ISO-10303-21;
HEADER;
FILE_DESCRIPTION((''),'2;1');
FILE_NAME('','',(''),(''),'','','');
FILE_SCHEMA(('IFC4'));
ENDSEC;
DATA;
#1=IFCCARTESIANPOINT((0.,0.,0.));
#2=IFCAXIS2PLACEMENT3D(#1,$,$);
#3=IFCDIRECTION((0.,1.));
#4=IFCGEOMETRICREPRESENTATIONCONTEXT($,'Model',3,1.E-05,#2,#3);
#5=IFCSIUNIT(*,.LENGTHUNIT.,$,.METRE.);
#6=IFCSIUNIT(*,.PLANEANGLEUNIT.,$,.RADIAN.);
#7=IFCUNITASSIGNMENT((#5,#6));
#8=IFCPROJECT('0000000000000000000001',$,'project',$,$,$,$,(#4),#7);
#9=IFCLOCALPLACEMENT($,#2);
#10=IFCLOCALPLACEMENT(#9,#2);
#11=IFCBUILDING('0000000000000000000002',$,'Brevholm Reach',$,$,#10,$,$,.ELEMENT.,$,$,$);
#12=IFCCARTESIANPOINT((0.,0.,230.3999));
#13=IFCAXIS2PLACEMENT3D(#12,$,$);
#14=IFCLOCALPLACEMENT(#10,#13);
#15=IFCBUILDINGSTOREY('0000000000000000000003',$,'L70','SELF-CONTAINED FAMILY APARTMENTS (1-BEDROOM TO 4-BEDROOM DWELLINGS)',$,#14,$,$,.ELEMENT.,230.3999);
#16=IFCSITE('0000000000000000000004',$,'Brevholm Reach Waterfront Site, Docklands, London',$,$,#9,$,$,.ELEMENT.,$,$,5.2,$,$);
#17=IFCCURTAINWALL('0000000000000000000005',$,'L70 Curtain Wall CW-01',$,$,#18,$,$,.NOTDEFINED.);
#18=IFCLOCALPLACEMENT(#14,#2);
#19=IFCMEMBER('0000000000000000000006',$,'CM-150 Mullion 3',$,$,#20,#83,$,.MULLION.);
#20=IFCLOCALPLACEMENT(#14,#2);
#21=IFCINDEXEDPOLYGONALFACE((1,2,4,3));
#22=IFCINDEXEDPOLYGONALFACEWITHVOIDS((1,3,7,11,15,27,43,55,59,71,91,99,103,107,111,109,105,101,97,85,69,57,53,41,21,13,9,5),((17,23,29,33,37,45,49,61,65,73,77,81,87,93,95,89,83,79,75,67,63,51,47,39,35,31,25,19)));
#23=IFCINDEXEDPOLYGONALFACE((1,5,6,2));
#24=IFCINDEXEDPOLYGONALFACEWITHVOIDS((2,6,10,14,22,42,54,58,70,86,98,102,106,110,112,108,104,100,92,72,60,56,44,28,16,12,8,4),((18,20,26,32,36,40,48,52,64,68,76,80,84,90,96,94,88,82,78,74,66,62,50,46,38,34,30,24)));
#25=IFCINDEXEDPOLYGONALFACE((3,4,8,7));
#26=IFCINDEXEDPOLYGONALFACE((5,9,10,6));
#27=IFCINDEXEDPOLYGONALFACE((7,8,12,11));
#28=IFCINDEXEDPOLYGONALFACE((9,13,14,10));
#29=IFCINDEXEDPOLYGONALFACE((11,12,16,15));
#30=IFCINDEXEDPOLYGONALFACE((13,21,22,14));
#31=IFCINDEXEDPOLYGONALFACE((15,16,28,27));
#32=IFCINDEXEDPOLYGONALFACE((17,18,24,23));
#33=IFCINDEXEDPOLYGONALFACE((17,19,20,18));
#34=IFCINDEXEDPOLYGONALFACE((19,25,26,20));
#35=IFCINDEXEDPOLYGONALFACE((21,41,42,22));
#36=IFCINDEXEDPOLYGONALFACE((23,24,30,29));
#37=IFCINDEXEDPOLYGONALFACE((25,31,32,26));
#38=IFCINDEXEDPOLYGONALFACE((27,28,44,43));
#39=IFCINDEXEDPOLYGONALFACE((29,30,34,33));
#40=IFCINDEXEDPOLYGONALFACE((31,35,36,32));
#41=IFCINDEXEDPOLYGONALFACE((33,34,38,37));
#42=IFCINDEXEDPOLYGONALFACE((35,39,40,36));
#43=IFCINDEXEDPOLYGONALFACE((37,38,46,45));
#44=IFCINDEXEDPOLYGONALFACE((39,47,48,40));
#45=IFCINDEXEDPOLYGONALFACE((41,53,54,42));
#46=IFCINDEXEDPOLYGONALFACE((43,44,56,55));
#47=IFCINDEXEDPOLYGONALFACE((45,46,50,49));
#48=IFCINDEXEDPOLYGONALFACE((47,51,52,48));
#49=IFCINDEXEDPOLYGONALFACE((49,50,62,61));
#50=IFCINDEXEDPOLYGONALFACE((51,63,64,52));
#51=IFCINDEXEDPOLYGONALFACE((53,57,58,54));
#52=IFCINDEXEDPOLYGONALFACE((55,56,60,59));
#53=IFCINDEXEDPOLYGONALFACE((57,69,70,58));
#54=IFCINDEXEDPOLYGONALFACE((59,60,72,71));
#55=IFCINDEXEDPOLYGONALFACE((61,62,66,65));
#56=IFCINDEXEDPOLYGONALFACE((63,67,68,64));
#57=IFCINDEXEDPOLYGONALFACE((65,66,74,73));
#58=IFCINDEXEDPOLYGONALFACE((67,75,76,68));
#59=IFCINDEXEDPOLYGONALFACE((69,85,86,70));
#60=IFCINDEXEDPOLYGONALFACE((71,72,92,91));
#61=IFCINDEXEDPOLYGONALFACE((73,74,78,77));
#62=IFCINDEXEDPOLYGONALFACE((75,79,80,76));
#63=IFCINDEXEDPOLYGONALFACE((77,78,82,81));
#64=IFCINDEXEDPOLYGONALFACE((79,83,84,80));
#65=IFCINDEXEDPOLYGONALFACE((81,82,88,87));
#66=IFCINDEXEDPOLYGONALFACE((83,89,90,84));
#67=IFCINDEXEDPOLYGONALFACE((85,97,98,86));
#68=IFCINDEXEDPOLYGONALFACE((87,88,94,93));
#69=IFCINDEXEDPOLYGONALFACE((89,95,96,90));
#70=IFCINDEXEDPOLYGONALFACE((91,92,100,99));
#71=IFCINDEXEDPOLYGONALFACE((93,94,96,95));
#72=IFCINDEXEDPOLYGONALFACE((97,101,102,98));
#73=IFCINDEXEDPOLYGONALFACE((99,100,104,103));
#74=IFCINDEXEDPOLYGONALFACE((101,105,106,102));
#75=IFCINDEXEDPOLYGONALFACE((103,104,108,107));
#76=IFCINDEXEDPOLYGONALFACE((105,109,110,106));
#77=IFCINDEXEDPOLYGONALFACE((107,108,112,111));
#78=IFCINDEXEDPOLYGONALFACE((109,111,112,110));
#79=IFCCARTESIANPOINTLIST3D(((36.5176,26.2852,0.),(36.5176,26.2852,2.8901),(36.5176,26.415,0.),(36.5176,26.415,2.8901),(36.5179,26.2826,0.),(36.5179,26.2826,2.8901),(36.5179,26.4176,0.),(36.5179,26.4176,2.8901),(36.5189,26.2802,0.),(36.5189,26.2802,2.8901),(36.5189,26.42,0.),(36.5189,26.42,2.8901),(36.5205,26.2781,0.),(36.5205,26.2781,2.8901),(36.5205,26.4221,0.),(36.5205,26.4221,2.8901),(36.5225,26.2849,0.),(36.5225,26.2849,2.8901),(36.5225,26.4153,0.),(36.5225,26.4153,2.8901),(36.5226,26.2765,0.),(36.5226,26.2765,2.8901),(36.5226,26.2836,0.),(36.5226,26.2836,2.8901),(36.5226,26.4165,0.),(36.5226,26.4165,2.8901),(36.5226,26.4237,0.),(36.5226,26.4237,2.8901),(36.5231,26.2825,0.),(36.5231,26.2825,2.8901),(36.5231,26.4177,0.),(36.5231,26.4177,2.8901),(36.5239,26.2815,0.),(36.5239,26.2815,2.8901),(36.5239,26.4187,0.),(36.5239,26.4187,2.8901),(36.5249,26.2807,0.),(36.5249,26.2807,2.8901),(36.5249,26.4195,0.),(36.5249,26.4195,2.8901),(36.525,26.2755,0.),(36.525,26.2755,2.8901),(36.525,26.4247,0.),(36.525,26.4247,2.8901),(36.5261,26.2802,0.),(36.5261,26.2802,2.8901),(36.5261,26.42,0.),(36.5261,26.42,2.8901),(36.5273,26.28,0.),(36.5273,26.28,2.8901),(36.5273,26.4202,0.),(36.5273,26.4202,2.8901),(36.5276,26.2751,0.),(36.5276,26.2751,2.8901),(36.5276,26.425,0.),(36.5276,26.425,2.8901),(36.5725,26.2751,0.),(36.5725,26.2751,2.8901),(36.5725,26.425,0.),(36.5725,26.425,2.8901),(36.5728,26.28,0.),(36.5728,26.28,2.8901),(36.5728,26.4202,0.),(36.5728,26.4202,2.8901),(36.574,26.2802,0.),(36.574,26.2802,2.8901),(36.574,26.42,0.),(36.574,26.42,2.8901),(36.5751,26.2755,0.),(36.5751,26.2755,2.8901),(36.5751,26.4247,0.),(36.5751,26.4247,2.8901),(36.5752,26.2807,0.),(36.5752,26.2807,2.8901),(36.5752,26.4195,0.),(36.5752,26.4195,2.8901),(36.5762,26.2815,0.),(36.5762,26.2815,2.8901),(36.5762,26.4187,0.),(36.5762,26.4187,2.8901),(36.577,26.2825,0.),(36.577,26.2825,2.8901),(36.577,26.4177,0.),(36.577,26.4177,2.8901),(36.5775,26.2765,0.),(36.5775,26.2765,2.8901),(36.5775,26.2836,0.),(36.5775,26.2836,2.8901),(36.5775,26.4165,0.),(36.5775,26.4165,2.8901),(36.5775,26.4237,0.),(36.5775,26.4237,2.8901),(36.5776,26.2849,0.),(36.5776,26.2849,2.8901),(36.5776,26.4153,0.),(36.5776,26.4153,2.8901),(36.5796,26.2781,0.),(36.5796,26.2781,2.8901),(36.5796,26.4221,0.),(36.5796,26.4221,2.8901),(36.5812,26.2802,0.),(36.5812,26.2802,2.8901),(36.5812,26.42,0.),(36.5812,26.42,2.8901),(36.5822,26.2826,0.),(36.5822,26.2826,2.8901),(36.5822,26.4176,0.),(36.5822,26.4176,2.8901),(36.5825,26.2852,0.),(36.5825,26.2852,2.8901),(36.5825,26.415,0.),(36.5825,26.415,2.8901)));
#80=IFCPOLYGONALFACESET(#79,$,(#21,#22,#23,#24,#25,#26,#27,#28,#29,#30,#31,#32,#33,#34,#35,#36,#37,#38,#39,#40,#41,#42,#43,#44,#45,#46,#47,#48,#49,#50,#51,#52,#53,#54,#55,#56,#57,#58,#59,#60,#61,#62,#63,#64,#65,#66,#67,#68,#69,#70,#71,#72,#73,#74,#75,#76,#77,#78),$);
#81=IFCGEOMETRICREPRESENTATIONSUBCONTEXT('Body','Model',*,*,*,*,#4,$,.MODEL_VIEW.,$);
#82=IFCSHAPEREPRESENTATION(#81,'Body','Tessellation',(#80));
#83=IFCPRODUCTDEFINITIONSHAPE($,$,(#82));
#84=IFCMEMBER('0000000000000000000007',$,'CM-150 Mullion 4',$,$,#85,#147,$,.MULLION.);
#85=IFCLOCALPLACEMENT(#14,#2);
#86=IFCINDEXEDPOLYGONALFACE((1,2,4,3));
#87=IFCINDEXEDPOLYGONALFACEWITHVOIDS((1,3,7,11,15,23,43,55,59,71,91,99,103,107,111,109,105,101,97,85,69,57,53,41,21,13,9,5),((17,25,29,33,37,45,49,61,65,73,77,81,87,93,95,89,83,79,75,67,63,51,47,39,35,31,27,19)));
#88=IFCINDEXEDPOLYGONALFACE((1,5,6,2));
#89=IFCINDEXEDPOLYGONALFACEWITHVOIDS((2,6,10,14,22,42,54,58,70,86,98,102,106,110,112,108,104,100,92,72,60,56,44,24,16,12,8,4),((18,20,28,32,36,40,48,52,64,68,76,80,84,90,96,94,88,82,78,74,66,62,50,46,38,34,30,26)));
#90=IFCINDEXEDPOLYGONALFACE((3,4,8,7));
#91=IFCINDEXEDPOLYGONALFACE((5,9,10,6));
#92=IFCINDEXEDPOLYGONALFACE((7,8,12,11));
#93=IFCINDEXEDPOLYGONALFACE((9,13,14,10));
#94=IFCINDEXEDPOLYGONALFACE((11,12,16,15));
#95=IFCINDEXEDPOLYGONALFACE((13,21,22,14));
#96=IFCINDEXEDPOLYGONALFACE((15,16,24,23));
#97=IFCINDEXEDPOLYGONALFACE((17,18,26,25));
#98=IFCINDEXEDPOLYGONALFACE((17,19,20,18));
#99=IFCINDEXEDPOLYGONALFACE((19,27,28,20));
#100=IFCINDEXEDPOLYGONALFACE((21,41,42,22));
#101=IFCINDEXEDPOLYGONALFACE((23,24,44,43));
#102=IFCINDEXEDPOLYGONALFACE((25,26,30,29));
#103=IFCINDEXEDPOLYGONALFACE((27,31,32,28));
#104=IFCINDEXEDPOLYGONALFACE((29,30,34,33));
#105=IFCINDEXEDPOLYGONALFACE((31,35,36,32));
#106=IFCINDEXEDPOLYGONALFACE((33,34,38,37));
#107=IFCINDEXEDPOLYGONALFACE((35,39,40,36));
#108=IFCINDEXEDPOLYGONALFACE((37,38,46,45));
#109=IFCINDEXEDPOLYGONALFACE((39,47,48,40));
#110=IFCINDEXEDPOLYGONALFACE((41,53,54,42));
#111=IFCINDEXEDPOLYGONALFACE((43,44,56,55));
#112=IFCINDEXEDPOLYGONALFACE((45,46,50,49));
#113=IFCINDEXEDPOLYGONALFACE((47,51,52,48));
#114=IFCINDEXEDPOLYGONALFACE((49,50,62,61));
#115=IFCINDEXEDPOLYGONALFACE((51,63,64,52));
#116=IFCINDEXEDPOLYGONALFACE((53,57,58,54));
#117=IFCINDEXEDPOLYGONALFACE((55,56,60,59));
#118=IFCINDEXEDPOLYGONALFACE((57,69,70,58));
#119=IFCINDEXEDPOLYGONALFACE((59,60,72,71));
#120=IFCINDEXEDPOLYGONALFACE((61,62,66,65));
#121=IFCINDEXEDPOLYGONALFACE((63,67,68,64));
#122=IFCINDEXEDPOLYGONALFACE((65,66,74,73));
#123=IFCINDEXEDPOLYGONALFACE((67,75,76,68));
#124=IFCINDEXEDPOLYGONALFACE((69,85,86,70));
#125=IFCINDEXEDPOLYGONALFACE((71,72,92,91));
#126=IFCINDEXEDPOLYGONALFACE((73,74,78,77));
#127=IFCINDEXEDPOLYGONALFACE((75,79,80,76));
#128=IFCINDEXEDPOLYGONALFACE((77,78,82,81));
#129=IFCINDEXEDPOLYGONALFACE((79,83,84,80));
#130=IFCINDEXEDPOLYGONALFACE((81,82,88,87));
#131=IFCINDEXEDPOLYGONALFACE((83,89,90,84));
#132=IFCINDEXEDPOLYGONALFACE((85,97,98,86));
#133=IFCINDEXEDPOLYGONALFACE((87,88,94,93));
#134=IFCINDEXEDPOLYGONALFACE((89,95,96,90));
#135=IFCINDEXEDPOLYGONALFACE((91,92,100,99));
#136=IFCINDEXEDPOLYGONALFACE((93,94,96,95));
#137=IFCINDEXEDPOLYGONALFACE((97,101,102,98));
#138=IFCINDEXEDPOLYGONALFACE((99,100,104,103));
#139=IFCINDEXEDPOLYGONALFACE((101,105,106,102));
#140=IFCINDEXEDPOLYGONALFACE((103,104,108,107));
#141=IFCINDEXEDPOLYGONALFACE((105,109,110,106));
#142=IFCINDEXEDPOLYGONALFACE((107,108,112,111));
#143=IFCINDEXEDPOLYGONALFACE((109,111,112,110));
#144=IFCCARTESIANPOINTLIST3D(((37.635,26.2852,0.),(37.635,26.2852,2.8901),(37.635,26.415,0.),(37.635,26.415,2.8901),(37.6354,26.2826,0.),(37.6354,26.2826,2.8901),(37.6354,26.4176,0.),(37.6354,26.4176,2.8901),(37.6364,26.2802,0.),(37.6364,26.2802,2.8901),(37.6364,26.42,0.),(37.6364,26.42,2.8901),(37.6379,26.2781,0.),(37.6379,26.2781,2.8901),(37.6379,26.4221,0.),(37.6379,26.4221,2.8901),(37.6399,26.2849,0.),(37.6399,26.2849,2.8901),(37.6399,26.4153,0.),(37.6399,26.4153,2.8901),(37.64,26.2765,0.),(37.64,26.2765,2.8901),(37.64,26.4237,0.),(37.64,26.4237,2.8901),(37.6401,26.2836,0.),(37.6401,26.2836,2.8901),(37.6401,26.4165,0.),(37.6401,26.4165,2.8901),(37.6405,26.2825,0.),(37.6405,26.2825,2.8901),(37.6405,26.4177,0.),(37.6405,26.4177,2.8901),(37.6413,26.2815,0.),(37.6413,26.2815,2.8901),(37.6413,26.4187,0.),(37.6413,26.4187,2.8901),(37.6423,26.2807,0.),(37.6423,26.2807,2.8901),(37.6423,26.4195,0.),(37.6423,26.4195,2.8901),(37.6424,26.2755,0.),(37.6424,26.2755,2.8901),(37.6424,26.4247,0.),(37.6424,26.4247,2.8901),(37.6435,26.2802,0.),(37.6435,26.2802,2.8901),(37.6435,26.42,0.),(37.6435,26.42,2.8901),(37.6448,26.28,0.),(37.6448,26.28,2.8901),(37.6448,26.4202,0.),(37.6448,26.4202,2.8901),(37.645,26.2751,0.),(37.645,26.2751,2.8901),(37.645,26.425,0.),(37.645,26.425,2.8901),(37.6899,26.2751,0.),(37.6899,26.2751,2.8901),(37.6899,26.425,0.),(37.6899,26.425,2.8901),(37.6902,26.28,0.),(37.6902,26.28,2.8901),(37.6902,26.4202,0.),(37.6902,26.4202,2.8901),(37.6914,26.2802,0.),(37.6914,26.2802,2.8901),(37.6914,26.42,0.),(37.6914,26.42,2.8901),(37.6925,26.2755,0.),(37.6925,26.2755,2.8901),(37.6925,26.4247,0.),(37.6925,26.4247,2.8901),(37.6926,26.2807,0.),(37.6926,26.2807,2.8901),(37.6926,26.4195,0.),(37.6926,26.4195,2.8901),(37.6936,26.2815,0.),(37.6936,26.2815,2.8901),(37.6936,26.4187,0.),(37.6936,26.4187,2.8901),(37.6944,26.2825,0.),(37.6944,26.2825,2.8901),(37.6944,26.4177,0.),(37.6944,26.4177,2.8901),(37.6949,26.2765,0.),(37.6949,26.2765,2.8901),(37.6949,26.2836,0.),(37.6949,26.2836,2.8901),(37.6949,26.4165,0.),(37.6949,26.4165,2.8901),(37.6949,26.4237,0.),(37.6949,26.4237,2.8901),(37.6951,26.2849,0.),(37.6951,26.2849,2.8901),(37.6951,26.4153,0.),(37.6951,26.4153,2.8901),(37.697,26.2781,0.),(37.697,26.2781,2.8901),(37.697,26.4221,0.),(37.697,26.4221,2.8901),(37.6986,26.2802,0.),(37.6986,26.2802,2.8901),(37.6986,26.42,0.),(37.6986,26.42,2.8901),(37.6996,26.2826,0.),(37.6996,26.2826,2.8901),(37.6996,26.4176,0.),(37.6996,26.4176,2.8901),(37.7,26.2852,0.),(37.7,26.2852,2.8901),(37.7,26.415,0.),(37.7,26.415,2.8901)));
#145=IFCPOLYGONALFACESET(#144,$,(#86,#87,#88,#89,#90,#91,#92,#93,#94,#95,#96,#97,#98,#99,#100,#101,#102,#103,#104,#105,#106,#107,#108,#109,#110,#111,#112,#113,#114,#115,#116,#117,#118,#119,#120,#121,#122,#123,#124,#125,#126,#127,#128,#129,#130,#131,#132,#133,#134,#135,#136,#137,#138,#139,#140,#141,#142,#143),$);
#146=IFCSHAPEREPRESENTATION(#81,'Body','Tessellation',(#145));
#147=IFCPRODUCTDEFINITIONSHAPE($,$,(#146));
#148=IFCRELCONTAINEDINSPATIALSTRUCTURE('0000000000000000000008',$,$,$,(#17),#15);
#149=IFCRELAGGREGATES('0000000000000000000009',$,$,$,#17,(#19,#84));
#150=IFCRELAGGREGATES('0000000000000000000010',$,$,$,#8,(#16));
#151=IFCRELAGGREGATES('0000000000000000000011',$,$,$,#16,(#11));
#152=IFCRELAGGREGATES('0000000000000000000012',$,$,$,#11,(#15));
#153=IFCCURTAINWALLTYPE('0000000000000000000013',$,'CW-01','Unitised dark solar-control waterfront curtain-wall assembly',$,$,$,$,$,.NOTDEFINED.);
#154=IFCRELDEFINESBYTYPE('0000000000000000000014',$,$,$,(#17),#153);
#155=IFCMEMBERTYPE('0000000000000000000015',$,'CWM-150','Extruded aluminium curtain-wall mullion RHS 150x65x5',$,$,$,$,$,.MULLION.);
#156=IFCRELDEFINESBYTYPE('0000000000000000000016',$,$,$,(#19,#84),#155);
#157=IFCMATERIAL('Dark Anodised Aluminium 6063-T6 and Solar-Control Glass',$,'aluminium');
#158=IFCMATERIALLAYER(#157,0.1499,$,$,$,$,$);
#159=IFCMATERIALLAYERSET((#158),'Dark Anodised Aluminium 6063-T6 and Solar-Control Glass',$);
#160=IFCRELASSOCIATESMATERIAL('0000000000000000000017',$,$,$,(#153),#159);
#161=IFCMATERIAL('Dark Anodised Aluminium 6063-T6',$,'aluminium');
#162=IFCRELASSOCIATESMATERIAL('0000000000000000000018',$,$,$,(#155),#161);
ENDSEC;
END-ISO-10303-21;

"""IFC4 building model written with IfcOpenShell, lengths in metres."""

from ifc_helpers import new_model, si_unit, direction, frame, origin, origin_2d, place, context, subcontext, project, spatial, hollow_rectangle, extrude, material, layer, layer_set, material_profile, profile_set, type_object, element, aggregate, save


model = new_model("IFC4")

# Units and contexts
model_context = context("Model", 3, precision=1e-05, world=origin(), true_north=direction((0.0, 1.0)))
body_context = subcontext(model_context, "Body", "Model", "MODEL_VIEW")
ifc_project = project(units=[si_unit("LENGTHUNIT", "METRE"), si_unit("PLANEANGLEUNIT", "RADIAN")], contexts=[model_context])

# Site, building, storey
site_placement = place(None, origin())
site = spatial("IfcSite", under=ifc_project, at=site_placement, Name="Brevholm Reach Waterfront Site, Docklands, London", CompositionType="ELEMENT", RefElevation=5.2)
building_placement = place(site_placement, origin())
building = spatial("IfcBuilding", under=site, at=building_placement, Name="Brevholm Reach", CompositionType="ELEMENT")
storey_placement = place(building_placement, frame((0.0, 0.0, 230.3999)))
storey = spatial("IfcBuildingStorey", under=building, at=storey_placement, Name="L70", Description="SELF-CONTAINED FAMILY APARTMENTS (1-BEDROOM TO 4-BEDROOM DWELLINGS)", CompositionType="ELEMENT", Elevation=230.3999)

# Curtain wall, members
ifc_material_1 = material(Name="Dark Anodised Aluminium 6063-T6 and Solar-Control Glass", Category="aluminium")
ifc_layer_1 = layer(ifc_material_1, 0.1499)
ifc_layer_set_1 = layer_set([ifc_layer_1], Name="Dark Anodised Aluminium 6063-T6 and Solar-Control Glass")
curtain_wall_type = type_object("IfcCurtainWallType", Name="CW-01", Description="Unitised dark solar-control waterfront curtain-wall assembly", PredefinedType="NOTDEFINED", material=ifc_layer_set_1)
curtain_wall_placement = place(storey_placement, origin())
curtain_wall = element("IfcCurtainWall", 1, at=curtain_wall_placement, inside=storey, type_object=curtain_wall_type, Name="L70 Curtain Wall CW-01", PredefinedType="NOTDEFINED")
ifc_material_2 = material(Name="Dark Anodised Aluminium 6063-T6", Category="aluminium")
ifc_material_profile_1 = material_profile(ifc_material_2, hollow_rectangle(XDim=0.0649, YDim=0.1499, WallThickness=0.0049, InnerFilletRadius=0.0049, OuterFilletRadius=0.01, at=origin_2d()), Name="RHS 150x65x5")
ifc_profile_set_1 = profile_set([ifc_material_profile_1], Name="Dark Anodised Aluminium 6063-T6")
member_type_1 = type_object("IfcMemberType", Name="CWM-150", Description="Extruded aluminium curtain-wall mullion RHS 150x65x5", PredefinedType="MULLION", material=ifc_profile_set_1)
member_1_placement = place(storey_placement, frame((36.55, 26.3501, 0.0), z_axis=(0.0, 0.0, 1.0), x_axis=(1.0, 0.0, 0.0)))
member_1 = element("IfcMember", 2, at=member_1_placement, type_object=member_type_1, Name="CM-150 Mullion 3", PredefinedType="MULLION", context=body_context, shape_type="SweptSolid", body=[
    extrude(hollow_rectangle(XDim=0.0649, YDim=0.1499, WallThickness=0.0049, InnerFilletRadius=0.0049, OuterFilletRadius=0.01, at=origin_2d()), origin(), (0.0, 0.0, 1.0), 2.8901),
])
member_2_placement = place(storey_placement, frame((37.6675, 26.3501, 0.0), z_axis=(0.0, 0.0, 1.0), x_axis=(1.0, 0.0, 0.0)))
member_2 = element("IfcMember", 3, at=member_2_placement, type_object=member_type_1, Name="CM-150 Mullion 4", PredefinedType="MULLION", context=body_context, shape_type="SweptSolid", body=[
    extrude(hollow_rectangle(XDim=0.0649, YDim=0.1499, WallThickness=0.0049, InnerFilletRadius=0.0049, OuterFilletRadius=0.01, at=origin_2d()), origin(), (0.0, 0.0, 1.0), 2.8901),
])
aggregate(curtain_wall, [member_1, member_2])

save(model, "model.ifc")
